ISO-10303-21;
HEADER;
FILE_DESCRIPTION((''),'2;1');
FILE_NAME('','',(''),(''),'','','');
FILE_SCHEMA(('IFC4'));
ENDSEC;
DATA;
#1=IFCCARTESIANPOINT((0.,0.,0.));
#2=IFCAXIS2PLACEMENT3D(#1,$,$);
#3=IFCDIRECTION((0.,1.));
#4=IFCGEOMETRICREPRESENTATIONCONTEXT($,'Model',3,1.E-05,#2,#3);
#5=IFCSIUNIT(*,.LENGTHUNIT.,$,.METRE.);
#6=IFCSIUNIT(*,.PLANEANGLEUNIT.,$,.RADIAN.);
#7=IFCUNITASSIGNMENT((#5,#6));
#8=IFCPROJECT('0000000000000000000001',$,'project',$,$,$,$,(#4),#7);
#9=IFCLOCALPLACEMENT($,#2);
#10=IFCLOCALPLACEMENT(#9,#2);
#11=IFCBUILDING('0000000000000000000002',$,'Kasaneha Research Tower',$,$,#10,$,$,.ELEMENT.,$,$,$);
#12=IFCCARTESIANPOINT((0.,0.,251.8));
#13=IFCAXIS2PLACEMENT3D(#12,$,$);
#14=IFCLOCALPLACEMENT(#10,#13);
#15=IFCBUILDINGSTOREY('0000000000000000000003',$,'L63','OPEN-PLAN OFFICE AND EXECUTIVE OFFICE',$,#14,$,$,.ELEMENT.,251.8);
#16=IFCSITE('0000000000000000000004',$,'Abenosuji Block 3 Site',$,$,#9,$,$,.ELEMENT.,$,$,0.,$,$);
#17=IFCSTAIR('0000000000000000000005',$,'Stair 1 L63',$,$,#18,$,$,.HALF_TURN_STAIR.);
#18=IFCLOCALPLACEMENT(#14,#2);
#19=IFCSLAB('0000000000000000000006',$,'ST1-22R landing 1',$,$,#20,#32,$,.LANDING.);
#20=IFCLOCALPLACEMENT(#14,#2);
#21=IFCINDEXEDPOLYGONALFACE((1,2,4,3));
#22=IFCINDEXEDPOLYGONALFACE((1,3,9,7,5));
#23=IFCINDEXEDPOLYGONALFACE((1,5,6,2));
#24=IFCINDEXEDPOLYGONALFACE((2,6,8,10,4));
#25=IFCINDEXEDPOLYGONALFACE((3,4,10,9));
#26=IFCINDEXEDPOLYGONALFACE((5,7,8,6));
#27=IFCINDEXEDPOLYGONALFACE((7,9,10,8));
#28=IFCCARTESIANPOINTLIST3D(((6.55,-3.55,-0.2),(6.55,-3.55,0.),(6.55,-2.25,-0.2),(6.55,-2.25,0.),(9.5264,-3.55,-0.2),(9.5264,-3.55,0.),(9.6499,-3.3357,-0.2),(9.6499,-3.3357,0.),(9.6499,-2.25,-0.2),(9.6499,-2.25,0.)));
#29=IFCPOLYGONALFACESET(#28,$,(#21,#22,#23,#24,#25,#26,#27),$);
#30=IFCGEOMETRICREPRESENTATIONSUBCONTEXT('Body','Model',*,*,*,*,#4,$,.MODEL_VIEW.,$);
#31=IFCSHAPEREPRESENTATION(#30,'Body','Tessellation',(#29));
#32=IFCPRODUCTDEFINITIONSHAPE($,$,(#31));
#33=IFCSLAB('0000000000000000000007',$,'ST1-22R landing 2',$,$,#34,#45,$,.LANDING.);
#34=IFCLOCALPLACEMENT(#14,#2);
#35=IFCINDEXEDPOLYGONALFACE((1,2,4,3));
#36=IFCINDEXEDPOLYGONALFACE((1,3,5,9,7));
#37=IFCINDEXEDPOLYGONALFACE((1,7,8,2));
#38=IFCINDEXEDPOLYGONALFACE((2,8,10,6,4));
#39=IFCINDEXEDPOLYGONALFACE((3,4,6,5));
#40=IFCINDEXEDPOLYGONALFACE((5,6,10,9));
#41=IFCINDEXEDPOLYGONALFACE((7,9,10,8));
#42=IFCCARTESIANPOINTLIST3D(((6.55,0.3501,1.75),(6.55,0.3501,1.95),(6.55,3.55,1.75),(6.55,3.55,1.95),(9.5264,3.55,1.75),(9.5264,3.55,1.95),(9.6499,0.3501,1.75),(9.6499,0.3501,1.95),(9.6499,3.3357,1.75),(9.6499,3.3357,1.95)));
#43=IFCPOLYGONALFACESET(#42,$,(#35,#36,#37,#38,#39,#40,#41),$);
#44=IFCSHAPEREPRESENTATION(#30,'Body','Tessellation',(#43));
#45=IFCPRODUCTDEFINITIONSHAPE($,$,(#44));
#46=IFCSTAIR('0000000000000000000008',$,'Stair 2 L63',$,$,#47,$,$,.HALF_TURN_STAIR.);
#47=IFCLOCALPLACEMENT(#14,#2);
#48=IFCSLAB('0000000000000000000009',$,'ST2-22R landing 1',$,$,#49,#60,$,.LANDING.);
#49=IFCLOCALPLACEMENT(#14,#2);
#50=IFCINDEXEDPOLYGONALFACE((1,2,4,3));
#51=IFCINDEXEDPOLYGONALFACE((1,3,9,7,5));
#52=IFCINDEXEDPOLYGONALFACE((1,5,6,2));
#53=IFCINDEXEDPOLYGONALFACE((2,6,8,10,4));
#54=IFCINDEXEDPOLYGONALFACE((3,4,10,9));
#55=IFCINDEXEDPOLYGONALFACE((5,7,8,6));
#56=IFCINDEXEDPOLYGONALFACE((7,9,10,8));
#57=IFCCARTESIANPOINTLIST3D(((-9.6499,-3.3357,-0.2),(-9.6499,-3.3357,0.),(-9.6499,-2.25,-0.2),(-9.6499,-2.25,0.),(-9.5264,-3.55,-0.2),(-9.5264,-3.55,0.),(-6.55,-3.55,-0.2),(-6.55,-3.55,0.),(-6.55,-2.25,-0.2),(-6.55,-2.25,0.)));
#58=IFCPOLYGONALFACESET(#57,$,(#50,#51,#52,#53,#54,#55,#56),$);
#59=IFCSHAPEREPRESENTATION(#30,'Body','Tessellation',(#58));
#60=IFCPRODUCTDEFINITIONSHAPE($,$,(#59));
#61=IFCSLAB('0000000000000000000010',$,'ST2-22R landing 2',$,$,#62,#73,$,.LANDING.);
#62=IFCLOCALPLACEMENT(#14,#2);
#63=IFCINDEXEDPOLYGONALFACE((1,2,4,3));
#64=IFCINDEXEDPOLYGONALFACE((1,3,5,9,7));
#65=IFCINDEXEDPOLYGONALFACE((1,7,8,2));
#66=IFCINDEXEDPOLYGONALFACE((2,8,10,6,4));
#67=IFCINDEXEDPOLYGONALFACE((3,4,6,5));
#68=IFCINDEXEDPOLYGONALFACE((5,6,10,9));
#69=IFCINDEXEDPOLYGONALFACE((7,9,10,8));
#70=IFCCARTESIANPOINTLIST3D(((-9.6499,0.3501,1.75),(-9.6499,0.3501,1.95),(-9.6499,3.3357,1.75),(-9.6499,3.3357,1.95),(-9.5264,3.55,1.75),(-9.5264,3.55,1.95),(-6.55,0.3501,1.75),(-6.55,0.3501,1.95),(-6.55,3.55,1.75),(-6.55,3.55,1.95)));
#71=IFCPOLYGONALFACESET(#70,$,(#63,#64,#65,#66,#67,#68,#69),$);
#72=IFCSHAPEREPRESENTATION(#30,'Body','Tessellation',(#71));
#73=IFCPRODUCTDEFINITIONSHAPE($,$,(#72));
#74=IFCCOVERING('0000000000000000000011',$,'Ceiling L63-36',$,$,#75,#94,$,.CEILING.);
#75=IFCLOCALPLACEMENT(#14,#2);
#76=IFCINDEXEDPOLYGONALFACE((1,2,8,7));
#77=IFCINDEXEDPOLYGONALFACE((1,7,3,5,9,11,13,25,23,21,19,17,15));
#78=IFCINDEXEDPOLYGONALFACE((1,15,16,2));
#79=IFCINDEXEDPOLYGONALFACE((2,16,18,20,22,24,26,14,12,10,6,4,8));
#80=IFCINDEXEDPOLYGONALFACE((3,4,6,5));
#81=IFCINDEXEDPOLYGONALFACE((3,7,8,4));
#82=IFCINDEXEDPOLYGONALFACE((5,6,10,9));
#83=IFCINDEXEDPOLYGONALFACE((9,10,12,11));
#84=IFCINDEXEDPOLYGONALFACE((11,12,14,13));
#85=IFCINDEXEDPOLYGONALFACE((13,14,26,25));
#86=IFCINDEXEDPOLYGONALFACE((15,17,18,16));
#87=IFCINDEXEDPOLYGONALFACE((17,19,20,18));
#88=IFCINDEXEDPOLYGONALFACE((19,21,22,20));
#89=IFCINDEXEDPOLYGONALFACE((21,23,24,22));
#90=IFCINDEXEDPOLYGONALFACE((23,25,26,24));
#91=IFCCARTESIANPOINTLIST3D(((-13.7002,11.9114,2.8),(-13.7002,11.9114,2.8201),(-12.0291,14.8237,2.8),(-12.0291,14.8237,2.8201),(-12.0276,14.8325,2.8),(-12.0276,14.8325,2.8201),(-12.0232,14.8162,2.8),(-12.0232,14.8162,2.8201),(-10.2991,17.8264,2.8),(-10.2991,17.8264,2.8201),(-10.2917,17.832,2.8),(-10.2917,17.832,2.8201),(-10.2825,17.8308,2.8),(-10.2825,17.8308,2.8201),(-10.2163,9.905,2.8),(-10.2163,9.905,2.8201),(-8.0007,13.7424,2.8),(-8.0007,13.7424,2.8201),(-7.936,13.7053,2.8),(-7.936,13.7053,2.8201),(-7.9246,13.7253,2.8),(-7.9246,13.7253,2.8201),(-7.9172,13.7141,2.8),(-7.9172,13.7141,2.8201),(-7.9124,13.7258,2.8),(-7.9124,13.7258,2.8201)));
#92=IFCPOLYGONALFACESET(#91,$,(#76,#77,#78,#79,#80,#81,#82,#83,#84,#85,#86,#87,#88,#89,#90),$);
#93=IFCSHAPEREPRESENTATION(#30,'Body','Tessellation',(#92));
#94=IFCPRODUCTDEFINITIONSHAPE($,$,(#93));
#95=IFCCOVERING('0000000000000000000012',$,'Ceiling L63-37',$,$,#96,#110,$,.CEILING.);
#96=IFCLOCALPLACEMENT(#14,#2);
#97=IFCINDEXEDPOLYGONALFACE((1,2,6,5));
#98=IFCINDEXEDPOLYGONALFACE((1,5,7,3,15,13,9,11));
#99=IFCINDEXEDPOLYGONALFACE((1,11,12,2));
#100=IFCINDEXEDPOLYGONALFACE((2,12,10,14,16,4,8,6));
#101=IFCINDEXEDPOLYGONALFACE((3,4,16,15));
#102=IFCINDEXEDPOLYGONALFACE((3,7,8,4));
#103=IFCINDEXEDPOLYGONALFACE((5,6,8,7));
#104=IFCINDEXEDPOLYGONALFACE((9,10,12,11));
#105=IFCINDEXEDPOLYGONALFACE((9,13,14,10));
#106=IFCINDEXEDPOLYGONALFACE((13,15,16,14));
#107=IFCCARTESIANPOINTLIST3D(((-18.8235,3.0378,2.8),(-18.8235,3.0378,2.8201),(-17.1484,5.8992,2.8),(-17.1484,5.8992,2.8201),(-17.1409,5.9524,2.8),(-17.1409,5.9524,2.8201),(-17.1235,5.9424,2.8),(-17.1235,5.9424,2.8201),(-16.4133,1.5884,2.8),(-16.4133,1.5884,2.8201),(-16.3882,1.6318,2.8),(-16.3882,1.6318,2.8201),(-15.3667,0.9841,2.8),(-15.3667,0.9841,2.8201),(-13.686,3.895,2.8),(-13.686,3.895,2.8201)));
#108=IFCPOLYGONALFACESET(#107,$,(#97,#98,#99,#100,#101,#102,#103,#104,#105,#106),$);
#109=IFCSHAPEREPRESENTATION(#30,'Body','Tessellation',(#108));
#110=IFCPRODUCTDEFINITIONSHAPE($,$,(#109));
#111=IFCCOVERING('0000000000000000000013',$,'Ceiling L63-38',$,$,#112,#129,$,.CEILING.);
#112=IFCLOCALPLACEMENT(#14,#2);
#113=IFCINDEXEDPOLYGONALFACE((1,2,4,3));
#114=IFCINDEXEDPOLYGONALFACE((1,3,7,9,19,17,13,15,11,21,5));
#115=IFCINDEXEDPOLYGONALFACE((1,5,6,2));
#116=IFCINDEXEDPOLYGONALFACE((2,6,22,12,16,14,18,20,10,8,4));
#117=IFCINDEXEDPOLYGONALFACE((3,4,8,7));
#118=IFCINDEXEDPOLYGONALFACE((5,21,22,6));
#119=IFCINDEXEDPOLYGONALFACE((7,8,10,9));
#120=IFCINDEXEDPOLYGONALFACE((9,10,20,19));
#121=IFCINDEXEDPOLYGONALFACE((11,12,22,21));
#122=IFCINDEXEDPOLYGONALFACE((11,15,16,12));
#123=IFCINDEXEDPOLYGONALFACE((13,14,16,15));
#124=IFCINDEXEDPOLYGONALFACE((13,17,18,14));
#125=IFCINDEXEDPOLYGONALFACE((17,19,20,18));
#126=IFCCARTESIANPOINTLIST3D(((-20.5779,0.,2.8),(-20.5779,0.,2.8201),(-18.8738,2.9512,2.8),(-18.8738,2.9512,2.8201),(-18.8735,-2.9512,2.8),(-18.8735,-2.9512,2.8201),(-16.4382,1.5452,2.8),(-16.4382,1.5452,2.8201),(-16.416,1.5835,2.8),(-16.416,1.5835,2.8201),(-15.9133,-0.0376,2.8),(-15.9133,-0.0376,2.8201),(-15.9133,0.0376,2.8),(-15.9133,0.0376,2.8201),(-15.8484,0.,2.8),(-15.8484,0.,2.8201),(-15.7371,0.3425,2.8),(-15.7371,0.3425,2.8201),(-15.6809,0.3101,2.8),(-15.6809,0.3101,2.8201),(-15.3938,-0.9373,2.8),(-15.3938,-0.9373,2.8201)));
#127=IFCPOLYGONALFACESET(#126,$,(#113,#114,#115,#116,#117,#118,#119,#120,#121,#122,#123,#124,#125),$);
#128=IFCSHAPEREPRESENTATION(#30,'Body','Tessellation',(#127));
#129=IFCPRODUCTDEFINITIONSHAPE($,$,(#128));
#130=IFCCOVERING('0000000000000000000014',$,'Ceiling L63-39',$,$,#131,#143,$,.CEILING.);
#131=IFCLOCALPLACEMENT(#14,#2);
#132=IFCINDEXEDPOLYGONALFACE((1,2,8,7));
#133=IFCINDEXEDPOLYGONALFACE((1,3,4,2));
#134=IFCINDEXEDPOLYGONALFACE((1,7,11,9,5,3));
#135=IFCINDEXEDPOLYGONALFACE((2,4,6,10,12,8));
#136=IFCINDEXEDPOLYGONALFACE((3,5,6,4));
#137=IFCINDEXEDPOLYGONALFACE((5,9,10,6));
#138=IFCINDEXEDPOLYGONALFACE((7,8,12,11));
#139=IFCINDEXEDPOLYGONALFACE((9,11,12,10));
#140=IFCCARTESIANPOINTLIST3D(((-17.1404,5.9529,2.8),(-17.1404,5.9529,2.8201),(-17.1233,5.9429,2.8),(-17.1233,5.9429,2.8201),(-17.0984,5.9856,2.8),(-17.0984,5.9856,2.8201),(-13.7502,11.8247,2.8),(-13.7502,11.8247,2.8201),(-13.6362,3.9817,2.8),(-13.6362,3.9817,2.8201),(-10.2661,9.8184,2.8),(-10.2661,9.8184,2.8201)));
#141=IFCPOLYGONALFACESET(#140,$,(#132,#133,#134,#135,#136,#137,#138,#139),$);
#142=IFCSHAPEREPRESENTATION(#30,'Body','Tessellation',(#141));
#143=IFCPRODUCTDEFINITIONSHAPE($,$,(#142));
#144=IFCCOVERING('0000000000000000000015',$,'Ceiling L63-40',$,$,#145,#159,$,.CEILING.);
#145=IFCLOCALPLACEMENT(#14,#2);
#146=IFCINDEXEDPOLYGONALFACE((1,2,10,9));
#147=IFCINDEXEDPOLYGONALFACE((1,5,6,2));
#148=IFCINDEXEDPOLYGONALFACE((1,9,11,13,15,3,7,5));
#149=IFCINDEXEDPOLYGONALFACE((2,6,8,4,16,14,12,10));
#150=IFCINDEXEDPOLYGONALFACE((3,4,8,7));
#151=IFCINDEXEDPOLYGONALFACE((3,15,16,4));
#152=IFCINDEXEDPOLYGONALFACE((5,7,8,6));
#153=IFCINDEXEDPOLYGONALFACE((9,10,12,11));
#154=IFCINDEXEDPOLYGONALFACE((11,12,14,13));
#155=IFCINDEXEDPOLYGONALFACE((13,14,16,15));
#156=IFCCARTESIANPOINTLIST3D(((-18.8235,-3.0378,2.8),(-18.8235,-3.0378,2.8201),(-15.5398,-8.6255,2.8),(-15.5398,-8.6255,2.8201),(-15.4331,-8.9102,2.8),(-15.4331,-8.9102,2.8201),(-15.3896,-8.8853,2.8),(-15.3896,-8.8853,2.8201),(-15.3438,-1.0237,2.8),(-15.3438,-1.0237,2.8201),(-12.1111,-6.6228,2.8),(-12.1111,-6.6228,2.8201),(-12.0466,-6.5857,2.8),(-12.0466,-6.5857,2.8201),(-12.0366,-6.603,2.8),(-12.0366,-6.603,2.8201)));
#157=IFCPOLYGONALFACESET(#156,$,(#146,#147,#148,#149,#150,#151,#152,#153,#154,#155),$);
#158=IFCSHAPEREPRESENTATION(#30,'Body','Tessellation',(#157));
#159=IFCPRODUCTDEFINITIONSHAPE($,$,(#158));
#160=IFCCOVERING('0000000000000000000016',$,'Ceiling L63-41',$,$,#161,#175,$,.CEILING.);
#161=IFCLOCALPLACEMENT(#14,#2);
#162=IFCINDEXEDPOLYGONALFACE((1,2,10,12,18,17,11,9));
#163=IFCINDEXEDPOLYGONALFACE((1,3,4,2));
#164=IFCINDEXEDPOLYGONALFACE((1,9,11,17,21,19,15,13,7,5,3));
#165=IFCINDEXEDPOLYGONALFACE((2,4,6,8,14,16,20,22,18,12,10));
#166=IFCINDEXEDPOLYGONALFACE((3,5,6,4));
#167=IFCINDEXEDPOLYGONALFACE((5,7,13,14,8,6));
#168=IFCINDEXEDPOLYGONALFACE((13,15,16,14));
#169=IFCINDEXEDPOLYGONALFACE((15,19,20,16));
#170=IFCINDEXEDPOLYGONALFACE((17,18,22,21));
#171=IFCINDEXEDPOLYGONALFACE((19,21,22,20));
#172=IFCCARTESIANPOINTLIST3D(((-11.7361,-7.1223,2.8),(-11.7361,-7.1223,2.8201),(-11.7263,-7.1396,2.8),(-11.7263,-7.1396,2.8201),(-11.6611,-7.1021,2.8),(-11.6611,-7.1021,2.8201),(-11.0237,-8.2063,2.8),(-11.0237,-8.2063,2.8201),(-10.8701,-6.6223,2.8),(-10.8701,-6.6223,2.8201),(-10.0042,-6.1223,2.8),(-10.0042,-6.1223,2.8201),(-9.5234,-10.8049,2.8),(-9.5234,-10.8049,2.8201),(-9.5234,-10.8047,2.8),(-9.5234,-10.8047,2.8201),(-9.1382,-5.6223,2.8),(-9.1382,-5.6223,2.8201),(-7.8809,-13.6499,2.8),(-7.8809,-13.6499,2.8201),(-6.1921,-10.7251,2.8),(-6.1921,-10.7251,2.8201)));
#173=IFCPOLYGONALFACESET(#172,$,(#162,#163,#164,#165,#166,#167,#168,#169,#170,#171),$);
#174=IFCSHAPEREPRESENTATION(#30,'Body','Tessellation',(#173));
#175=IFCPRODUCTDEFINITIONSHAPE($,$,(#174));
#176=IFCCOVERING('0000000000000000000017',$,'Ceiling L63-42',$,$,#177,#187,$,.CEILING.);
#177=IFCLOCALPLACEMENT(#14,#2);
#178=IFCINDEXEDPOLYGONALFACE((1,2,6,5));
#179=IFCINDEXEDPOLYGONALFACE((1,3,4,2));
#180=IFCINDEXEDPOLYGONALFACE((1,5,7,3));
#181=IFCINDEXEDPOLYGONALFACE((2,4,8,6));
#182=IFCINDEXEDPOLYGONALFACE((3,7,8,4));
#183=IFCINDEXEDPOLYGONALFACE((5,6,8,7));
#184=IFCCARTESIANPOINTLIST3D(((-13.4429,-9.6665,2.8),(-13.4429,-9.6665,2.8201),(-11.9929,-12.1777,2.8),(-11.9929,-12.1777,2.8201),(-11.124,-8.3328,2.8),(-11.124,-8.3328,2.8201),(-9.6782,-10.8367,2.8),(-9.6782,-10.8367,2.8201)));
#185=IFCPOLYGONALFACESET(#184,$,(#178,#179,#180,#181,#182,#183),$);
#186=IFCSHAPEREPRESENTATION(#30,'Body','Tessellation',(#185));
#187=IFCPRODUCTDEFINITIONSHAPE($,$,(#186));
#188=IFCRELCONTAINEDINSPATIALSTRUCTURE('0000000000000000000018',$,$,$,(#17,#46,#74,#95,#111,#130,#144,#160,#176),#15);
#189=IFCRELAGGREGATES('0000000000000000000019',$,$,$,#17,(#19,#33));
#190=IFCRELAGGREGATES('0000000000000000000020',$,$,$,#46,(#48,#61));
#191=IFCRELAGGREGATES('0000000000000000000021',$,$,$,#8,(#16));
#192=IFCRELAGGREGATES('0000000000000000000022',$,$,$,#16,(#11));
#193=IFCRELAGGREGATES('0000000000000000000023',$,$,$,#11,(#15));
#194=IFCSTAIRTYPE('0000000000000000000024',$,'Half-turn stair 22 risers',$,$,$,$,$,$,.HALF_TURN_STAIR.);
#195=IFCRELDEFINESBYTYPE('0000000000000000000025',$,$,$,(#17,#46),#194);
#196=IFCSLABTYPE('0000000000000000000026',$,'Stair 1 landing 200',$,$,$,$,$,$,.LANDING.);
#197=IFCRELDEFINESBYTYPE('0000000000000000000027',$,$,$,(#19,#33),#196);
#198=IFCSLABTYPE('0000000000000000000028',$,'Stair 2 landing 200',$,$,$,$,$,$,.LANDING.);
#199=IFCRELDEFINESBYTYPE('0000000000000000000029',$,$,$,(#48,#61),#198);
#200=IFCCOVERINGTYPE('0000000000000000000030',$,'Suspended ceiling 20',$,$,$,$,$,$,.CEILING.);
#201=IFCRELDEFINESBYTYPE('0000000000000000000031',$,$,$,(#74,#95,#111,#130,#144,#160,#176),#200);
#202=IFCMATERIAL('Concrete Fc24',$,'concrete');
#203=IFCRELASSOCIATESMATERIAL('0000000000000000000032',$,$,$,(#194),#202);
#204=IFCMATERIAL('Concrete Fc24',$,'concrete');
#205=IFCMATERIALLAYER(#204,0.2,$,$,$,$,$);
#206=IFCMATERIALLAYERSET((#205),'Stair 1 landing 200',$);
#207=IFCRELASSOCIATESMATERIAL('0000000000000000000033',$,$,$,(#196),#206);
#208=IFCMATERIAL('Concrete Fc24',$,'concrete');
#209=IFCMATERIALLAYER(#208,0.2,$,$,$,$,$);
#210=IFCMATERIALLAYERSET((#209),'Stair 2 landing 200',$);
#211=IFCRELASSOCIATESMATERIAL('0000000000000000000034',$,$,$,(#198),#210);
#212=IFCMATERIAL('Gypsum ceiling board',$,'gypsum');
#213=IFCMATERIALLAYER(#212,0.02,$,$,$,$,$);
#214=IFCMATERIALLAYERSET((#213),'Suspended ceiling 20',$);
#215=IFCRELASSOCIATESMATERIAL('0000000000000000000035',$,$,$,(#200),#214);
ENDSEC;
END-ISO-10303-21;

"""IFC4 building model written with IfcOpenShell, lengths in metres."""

from ifc_helpers import new_model, si_unit, direction, frame, origin, place, context, subcontext, project, spatial, polyline, outline, extrude, material, layer, layer_set, type_object, element, aggregate, save


model = new_model("IFC4")

# Units and contexts
model_context = context("Model", 3, precision=1e-05, world=origin(), true_north=direction((0.0, 1.0)))
body_context = subcontext(model_context, "Body", "Model", "MODEL_VIEW")
ifc_project = project(units=[si_unit("LENGTHUNIT", "METRE"), si_unit("PLANEANGLEUNIT", "RADIAN")], contexts=[model_context])

# Site, building, storey
site_placement = place(None, origin())
site = spatial("IfcSite", under=ifc_project, at=site_placement, Name="Abenosuji Block 3 Site", CompositionType="ELEMENT", RefElevation=0.0)
building_placement = place(site_placement, origin())
building = spatial("IfcBuilding", under=site, at=building_placement, Name="Kasaneha Research Tower", CompositionType="ELEMENT")
storey_placement = place(building_placement, frame((0.0, 0.0, 251.8)))
storey = spatial("IfcBuildingStorey", under=building, at=storey_placement, Name="L63", Description="OPEN-PLAN OFFICE AND EXECUTIVE OFFICE", CompositionType="ELEMENT", Elevation=251.8)

# Stairs, slabs
ifc_material_1 = material(Name="Concrete Fc24", Category="concrete")
stair_type = type_object("IfcStairType", Name="Half-turn stair 22 risers", PredefinedType="HALF_TURN_STAIR", material=ifc_material_1)
stair_1_placement = place(storey_placement, origin())
stair_1 = element("IfcStair", 1, at=stair_1_placement, inside=storey, type_object=stair_type, Name="Stair 1 L63", PredefinedType="HALF_TURN_STAIR")
ifc_material_2 = material(Name="Concrete Fc24", Category="concrete")
ifc_layer_1 = layer(ifc_material_2, 0.2)
ifc_layer_set_1 = layer_set([ifc_layer_1], Name="Stair 1 landing 200")
slab_type_1 = type_object("IfcSlabType", Name="Stair 1 landing 200", PredefinedType="LANDING", material=ifc_layer_set_1)
slab_1_placement = place(storey_placement, frame((0.0, 0.0, -0.2)))
slab_1 = element("IfcSlab", 2, at=slab_1_placement, type_object=slab_type_1, Name="ST1-22R landing 1", PredefinedType="LANDING", context=body_context, shape_type="SweptSolid", body=[
    extrude(outline(polyline([(9.5264, -3.55), (6.55, -3.55), (6.55, -2.25), (9.6499, -2.25), (9.6499, -3.3357), (9.5264, -3.55)])), origin(), (0.0, 0.0, 1.0), 0.2),
])
slab_2_placement = place(storey_placement, frame((0.0, 0.0, 1.75)))
slab_2 = element("IfcSlab", 3, at=slab_2_placement, type_object=slab_type_1, Name="ST1-22R landing 2", PredefinedType="LANDING", context=body_context, shape_type="SweptSolid", body=[
    extrude(outline(polyline([(6.55, 3.55), (9.5264, 3.55), (9.6499, 3.3357), (9.6499, 0.3501), (6.55, 0.3501), (6.55, 3.55)])), origin(), (0.0, 0.0, 1.0), 0.2),
])
aggregate(stair_1, [slab_1, slab_2])
stair_2_placement = place(storey_placement, origin())
stair_2 = element("IfcStair", 4, at=stair_2_placement, inside=storey, type_object=stair_type, Name="Stair 2 L63", PredefinedType="HALF_TURN_STAIR")
ifc_material_3 = material(Name="Concrete Fc24", Category="concrete")
ifc_layer_2 = layer(ifc_material_3, 0.2)
ifc_layer_set_2 = layer_set([ifc_layer_2], Name="Stair 2 landing 200")
slab_type_2 = type_object("IfcSlabType", Name="Stair 2 landing 200", PredefinedType="LANDING", material=ifc_layer_set_2)
slab_3_placement = place(storey_placement, frame((0.0, 0.0, -0.2)))
slab_3 = element("IfcSlab", 5, at=slab_3_placement, type_object=slab_type_2, Name="ST2-22R landing 1", PredefinedType="LANDING", context=body_context, shape_type="SweptSolid", body=[
    extrude(outline(polyline([(-6.55, -3.55), (-9.5264, -3.55), (-9.6499, -3.3357), (-9.6499, -2.25), (-6.55, -2.25), (-6.55, -3.55)])), origin(), (0.0, 0.0, 1.0), 0.2),
])
slab_4_placement = place(storey_placement, frame((0.0, 0.0, 1.75)))
slab_4 = element("IfcSlab", 6, at=slab_4_placement, type_object=slab_type_2, Name="ST2-22R landing 2", PredefinedType="LANDING", context=body_context, shape_type="SweptSolid", body=[
    extrude(outline(polyline([(-6.55, 0.3501), (-9.6499, 0.3501), (-9.6499, 3.3357), (-9.5264, 3.55), (-6.55, 3.55), (-6.55, 0.3501)])), origin(), (0.0, 0.0, 1.0), 0.2),
])
aggregate(stair_2, [slab_3, slab_4])

# Coverings
ifc_material_4 = material(Name="Gypsum ceiling board", Category="gypsum")
ifc_layer_3 = layer(ifc_material_4, 0.02)
ifc_layer_set_3 = layer_set([ifc_layer_3], Name="Suspended ceiling 20")
covering_type_1 = type_object("IfcCoveringType", Name="Suspended ceiling 20", PredefinedType="CEILING", material=ifc_layer_set_3)
covering_1_placement = place(storey_placement, frame((0.0, 0.0, 2.8)))
element("IfcCovering", 7, at=covering_1_placement, inside=storey, type_object=covering_type_1, Name="Ceiling L63-36", PredefinedType="CEILING", context=body_context, shape_type="SweptSolid", body=[
    extrude(outline(polyline([(-12.0276, 14.8325), (-10.2991, 17.8264), (-10.2917, 17.832), (-10.2825, 17.8308), (-7.9124, 13.7258), (-7.9172, 13.7141), (-7.9246, 13.7253), (-7.936, 13.7053), (-8.0007, 13.7424), (-10.2163, 9.905), (-13.7002, 11.9114), (-12.0232, 14.8162), (-12.0291, 14.8237), (-12.0276, 14.8325)])), origin(), (0.0, 0.0, 1.0), 0.02),
])
covering_2_placement = place(storey_placement, frame((0.0, 0.0, 2.8)))
element("IfcCovering", 8, at=covering_2_placement, inside=storey, type_object=covering_type_1, Name="Ceiling L63-37", PredefinedType="CEILING", context=body_context, shape_type="SweptSolid", body=[
    extrude(outline(polyline([(-17.1235, 5.9424), (-17.1484, 5.8992), (-13.686, 3.895), (-15.3667, 0.9841), (-16.4133, 1.5884), (-16.3882, 1.6318), (-18.8235, 3.0378), (-17.1409, 5.9524), (-17.1235, 5.9424)])), origin(), (0.0, 0.0, 1.0), 0.02),
])
covering_3_placement = place(storey_placement, frame((0.0, 0.0, 2.8)))
element("IfcCovering", 9, at=covering_3_placement, inside=storey, type_object=covering_type_1, Name="Ceiling L63-38", PredefinedType="CEILING", context=body_context, shape_type="SweptSolid", body=[
    extrude(outline(polyline([(-20.5779, 0.0), (-18.8738, 2.9512), (-16.4382, 1.5452), (-16.416, 1.5835), (-15.6809, 0.3101), (-15.7371, 0.3425), (-15.9133, 0.0376), (-15.8484, 0.0), (-15.9133, -0.0376), (-15.3938, -0.9373), (-18.8735, -2.9512), (-20.5779, 0.0)])), origin(), (0.0, 0.0, 1.0), 0.02),
])
covering_4_placement = place(storey_placement, frame((0.0, 0.0, 2.8)))
element("IfcCovering", 10, at=covering_4_placement, inside=storey, type_object=covering_type_1, Name="Ceiling L63-39", PredefinedType="CEILING", context=body_context, shape_type="SweptSolid", body=[
    extrude(outline(polyline([(-17.1404, 5.9529), (-13.7502, 11.8247), (-10.2661, 9.8184), (-13.6362, 3.9817), (-17.0984, 5.9856), (-17.1233, 5.9429), (-17.1404, 5.9529)])), origin(), (0.0, 0.0, 1.0), 0.02),
])
covering_5_placement = place(storey_placement, frame((0.0, 0.0, 2.8)))
element("IfcCovering", 11, at=covering_5_placement, inside=storey, type_object=covering_type_1, Name="Ceiling L63-40", PredefinedType="CEILING", context=body_context, shape_type="SweptSolid", body=[
    extrude(outline(polyline([(-15.5398, -8.6255), (-15.3896, -8.8853), (-15.4331, -8.9102), (-18.8235, -3.0378), (-15.3438, -1.0237), (-12.1111, -6.6228), (-12.0466, -6.5857), (-12.0366, -6.603), (-15.5398, -8.6255), (-15.5398, -8.6255), (-15.5398, -8.6255)])), origin(), (0.0, 0.0, 1.0), 0.02),
])
covering_6_placement = place(storey_placement, frame((0.0, 0.0, 2.8)))
element("IfcCovering", 12, at=covering_6_placement, inside=storey, type_object=covering_type_1, Name="Ceiling L63-41", PredefinedType="CEILING", context=body_context, shape_type="SweptSolid", body=[
    extrude(outline(polyline([(-10.8701, -6.6223), (-10.0042, -6.1223), (-10.0042, -6.1223), (-9.1382, -5.6223), (-6.1921, -10.7251), (-7.8809, -13.6499), (-9.5234, -10.8047), (-9.5234, -10.8049), (-11.0237, -8.2063), (-11.0237, -8.2063), (-11.6611, -7.1021), (-11.7263, -7.1396), (-11.7361, -7.1223), (-10.8701, -6.6223), (-10.8701, -6.6223)])), origin(), (0.0, 0.0, 1.0), 0.02),
])
covering_7_placement = place(storey_placement, frame((0.0, 0.0, 2.8)))
element("IfcCovering", 13, at=covering_7_placement, inside=storey, type_object=covering_type_1, Name="Ceiling L63-42", PredefinedType="CEILING", context=body_context, shape_type="SweptSolid", body=[
    extrude(outline(polyline([(-13.4429, -9.6665), (-11.124, -8.3328), (-9.6782, -10.8367), (-11.9929, -12.1777), (-13.4429, -9.6665)])), origin(), (0.0, 0.0, 1.0), 0.02),
])

save(model, "model.ifc")
